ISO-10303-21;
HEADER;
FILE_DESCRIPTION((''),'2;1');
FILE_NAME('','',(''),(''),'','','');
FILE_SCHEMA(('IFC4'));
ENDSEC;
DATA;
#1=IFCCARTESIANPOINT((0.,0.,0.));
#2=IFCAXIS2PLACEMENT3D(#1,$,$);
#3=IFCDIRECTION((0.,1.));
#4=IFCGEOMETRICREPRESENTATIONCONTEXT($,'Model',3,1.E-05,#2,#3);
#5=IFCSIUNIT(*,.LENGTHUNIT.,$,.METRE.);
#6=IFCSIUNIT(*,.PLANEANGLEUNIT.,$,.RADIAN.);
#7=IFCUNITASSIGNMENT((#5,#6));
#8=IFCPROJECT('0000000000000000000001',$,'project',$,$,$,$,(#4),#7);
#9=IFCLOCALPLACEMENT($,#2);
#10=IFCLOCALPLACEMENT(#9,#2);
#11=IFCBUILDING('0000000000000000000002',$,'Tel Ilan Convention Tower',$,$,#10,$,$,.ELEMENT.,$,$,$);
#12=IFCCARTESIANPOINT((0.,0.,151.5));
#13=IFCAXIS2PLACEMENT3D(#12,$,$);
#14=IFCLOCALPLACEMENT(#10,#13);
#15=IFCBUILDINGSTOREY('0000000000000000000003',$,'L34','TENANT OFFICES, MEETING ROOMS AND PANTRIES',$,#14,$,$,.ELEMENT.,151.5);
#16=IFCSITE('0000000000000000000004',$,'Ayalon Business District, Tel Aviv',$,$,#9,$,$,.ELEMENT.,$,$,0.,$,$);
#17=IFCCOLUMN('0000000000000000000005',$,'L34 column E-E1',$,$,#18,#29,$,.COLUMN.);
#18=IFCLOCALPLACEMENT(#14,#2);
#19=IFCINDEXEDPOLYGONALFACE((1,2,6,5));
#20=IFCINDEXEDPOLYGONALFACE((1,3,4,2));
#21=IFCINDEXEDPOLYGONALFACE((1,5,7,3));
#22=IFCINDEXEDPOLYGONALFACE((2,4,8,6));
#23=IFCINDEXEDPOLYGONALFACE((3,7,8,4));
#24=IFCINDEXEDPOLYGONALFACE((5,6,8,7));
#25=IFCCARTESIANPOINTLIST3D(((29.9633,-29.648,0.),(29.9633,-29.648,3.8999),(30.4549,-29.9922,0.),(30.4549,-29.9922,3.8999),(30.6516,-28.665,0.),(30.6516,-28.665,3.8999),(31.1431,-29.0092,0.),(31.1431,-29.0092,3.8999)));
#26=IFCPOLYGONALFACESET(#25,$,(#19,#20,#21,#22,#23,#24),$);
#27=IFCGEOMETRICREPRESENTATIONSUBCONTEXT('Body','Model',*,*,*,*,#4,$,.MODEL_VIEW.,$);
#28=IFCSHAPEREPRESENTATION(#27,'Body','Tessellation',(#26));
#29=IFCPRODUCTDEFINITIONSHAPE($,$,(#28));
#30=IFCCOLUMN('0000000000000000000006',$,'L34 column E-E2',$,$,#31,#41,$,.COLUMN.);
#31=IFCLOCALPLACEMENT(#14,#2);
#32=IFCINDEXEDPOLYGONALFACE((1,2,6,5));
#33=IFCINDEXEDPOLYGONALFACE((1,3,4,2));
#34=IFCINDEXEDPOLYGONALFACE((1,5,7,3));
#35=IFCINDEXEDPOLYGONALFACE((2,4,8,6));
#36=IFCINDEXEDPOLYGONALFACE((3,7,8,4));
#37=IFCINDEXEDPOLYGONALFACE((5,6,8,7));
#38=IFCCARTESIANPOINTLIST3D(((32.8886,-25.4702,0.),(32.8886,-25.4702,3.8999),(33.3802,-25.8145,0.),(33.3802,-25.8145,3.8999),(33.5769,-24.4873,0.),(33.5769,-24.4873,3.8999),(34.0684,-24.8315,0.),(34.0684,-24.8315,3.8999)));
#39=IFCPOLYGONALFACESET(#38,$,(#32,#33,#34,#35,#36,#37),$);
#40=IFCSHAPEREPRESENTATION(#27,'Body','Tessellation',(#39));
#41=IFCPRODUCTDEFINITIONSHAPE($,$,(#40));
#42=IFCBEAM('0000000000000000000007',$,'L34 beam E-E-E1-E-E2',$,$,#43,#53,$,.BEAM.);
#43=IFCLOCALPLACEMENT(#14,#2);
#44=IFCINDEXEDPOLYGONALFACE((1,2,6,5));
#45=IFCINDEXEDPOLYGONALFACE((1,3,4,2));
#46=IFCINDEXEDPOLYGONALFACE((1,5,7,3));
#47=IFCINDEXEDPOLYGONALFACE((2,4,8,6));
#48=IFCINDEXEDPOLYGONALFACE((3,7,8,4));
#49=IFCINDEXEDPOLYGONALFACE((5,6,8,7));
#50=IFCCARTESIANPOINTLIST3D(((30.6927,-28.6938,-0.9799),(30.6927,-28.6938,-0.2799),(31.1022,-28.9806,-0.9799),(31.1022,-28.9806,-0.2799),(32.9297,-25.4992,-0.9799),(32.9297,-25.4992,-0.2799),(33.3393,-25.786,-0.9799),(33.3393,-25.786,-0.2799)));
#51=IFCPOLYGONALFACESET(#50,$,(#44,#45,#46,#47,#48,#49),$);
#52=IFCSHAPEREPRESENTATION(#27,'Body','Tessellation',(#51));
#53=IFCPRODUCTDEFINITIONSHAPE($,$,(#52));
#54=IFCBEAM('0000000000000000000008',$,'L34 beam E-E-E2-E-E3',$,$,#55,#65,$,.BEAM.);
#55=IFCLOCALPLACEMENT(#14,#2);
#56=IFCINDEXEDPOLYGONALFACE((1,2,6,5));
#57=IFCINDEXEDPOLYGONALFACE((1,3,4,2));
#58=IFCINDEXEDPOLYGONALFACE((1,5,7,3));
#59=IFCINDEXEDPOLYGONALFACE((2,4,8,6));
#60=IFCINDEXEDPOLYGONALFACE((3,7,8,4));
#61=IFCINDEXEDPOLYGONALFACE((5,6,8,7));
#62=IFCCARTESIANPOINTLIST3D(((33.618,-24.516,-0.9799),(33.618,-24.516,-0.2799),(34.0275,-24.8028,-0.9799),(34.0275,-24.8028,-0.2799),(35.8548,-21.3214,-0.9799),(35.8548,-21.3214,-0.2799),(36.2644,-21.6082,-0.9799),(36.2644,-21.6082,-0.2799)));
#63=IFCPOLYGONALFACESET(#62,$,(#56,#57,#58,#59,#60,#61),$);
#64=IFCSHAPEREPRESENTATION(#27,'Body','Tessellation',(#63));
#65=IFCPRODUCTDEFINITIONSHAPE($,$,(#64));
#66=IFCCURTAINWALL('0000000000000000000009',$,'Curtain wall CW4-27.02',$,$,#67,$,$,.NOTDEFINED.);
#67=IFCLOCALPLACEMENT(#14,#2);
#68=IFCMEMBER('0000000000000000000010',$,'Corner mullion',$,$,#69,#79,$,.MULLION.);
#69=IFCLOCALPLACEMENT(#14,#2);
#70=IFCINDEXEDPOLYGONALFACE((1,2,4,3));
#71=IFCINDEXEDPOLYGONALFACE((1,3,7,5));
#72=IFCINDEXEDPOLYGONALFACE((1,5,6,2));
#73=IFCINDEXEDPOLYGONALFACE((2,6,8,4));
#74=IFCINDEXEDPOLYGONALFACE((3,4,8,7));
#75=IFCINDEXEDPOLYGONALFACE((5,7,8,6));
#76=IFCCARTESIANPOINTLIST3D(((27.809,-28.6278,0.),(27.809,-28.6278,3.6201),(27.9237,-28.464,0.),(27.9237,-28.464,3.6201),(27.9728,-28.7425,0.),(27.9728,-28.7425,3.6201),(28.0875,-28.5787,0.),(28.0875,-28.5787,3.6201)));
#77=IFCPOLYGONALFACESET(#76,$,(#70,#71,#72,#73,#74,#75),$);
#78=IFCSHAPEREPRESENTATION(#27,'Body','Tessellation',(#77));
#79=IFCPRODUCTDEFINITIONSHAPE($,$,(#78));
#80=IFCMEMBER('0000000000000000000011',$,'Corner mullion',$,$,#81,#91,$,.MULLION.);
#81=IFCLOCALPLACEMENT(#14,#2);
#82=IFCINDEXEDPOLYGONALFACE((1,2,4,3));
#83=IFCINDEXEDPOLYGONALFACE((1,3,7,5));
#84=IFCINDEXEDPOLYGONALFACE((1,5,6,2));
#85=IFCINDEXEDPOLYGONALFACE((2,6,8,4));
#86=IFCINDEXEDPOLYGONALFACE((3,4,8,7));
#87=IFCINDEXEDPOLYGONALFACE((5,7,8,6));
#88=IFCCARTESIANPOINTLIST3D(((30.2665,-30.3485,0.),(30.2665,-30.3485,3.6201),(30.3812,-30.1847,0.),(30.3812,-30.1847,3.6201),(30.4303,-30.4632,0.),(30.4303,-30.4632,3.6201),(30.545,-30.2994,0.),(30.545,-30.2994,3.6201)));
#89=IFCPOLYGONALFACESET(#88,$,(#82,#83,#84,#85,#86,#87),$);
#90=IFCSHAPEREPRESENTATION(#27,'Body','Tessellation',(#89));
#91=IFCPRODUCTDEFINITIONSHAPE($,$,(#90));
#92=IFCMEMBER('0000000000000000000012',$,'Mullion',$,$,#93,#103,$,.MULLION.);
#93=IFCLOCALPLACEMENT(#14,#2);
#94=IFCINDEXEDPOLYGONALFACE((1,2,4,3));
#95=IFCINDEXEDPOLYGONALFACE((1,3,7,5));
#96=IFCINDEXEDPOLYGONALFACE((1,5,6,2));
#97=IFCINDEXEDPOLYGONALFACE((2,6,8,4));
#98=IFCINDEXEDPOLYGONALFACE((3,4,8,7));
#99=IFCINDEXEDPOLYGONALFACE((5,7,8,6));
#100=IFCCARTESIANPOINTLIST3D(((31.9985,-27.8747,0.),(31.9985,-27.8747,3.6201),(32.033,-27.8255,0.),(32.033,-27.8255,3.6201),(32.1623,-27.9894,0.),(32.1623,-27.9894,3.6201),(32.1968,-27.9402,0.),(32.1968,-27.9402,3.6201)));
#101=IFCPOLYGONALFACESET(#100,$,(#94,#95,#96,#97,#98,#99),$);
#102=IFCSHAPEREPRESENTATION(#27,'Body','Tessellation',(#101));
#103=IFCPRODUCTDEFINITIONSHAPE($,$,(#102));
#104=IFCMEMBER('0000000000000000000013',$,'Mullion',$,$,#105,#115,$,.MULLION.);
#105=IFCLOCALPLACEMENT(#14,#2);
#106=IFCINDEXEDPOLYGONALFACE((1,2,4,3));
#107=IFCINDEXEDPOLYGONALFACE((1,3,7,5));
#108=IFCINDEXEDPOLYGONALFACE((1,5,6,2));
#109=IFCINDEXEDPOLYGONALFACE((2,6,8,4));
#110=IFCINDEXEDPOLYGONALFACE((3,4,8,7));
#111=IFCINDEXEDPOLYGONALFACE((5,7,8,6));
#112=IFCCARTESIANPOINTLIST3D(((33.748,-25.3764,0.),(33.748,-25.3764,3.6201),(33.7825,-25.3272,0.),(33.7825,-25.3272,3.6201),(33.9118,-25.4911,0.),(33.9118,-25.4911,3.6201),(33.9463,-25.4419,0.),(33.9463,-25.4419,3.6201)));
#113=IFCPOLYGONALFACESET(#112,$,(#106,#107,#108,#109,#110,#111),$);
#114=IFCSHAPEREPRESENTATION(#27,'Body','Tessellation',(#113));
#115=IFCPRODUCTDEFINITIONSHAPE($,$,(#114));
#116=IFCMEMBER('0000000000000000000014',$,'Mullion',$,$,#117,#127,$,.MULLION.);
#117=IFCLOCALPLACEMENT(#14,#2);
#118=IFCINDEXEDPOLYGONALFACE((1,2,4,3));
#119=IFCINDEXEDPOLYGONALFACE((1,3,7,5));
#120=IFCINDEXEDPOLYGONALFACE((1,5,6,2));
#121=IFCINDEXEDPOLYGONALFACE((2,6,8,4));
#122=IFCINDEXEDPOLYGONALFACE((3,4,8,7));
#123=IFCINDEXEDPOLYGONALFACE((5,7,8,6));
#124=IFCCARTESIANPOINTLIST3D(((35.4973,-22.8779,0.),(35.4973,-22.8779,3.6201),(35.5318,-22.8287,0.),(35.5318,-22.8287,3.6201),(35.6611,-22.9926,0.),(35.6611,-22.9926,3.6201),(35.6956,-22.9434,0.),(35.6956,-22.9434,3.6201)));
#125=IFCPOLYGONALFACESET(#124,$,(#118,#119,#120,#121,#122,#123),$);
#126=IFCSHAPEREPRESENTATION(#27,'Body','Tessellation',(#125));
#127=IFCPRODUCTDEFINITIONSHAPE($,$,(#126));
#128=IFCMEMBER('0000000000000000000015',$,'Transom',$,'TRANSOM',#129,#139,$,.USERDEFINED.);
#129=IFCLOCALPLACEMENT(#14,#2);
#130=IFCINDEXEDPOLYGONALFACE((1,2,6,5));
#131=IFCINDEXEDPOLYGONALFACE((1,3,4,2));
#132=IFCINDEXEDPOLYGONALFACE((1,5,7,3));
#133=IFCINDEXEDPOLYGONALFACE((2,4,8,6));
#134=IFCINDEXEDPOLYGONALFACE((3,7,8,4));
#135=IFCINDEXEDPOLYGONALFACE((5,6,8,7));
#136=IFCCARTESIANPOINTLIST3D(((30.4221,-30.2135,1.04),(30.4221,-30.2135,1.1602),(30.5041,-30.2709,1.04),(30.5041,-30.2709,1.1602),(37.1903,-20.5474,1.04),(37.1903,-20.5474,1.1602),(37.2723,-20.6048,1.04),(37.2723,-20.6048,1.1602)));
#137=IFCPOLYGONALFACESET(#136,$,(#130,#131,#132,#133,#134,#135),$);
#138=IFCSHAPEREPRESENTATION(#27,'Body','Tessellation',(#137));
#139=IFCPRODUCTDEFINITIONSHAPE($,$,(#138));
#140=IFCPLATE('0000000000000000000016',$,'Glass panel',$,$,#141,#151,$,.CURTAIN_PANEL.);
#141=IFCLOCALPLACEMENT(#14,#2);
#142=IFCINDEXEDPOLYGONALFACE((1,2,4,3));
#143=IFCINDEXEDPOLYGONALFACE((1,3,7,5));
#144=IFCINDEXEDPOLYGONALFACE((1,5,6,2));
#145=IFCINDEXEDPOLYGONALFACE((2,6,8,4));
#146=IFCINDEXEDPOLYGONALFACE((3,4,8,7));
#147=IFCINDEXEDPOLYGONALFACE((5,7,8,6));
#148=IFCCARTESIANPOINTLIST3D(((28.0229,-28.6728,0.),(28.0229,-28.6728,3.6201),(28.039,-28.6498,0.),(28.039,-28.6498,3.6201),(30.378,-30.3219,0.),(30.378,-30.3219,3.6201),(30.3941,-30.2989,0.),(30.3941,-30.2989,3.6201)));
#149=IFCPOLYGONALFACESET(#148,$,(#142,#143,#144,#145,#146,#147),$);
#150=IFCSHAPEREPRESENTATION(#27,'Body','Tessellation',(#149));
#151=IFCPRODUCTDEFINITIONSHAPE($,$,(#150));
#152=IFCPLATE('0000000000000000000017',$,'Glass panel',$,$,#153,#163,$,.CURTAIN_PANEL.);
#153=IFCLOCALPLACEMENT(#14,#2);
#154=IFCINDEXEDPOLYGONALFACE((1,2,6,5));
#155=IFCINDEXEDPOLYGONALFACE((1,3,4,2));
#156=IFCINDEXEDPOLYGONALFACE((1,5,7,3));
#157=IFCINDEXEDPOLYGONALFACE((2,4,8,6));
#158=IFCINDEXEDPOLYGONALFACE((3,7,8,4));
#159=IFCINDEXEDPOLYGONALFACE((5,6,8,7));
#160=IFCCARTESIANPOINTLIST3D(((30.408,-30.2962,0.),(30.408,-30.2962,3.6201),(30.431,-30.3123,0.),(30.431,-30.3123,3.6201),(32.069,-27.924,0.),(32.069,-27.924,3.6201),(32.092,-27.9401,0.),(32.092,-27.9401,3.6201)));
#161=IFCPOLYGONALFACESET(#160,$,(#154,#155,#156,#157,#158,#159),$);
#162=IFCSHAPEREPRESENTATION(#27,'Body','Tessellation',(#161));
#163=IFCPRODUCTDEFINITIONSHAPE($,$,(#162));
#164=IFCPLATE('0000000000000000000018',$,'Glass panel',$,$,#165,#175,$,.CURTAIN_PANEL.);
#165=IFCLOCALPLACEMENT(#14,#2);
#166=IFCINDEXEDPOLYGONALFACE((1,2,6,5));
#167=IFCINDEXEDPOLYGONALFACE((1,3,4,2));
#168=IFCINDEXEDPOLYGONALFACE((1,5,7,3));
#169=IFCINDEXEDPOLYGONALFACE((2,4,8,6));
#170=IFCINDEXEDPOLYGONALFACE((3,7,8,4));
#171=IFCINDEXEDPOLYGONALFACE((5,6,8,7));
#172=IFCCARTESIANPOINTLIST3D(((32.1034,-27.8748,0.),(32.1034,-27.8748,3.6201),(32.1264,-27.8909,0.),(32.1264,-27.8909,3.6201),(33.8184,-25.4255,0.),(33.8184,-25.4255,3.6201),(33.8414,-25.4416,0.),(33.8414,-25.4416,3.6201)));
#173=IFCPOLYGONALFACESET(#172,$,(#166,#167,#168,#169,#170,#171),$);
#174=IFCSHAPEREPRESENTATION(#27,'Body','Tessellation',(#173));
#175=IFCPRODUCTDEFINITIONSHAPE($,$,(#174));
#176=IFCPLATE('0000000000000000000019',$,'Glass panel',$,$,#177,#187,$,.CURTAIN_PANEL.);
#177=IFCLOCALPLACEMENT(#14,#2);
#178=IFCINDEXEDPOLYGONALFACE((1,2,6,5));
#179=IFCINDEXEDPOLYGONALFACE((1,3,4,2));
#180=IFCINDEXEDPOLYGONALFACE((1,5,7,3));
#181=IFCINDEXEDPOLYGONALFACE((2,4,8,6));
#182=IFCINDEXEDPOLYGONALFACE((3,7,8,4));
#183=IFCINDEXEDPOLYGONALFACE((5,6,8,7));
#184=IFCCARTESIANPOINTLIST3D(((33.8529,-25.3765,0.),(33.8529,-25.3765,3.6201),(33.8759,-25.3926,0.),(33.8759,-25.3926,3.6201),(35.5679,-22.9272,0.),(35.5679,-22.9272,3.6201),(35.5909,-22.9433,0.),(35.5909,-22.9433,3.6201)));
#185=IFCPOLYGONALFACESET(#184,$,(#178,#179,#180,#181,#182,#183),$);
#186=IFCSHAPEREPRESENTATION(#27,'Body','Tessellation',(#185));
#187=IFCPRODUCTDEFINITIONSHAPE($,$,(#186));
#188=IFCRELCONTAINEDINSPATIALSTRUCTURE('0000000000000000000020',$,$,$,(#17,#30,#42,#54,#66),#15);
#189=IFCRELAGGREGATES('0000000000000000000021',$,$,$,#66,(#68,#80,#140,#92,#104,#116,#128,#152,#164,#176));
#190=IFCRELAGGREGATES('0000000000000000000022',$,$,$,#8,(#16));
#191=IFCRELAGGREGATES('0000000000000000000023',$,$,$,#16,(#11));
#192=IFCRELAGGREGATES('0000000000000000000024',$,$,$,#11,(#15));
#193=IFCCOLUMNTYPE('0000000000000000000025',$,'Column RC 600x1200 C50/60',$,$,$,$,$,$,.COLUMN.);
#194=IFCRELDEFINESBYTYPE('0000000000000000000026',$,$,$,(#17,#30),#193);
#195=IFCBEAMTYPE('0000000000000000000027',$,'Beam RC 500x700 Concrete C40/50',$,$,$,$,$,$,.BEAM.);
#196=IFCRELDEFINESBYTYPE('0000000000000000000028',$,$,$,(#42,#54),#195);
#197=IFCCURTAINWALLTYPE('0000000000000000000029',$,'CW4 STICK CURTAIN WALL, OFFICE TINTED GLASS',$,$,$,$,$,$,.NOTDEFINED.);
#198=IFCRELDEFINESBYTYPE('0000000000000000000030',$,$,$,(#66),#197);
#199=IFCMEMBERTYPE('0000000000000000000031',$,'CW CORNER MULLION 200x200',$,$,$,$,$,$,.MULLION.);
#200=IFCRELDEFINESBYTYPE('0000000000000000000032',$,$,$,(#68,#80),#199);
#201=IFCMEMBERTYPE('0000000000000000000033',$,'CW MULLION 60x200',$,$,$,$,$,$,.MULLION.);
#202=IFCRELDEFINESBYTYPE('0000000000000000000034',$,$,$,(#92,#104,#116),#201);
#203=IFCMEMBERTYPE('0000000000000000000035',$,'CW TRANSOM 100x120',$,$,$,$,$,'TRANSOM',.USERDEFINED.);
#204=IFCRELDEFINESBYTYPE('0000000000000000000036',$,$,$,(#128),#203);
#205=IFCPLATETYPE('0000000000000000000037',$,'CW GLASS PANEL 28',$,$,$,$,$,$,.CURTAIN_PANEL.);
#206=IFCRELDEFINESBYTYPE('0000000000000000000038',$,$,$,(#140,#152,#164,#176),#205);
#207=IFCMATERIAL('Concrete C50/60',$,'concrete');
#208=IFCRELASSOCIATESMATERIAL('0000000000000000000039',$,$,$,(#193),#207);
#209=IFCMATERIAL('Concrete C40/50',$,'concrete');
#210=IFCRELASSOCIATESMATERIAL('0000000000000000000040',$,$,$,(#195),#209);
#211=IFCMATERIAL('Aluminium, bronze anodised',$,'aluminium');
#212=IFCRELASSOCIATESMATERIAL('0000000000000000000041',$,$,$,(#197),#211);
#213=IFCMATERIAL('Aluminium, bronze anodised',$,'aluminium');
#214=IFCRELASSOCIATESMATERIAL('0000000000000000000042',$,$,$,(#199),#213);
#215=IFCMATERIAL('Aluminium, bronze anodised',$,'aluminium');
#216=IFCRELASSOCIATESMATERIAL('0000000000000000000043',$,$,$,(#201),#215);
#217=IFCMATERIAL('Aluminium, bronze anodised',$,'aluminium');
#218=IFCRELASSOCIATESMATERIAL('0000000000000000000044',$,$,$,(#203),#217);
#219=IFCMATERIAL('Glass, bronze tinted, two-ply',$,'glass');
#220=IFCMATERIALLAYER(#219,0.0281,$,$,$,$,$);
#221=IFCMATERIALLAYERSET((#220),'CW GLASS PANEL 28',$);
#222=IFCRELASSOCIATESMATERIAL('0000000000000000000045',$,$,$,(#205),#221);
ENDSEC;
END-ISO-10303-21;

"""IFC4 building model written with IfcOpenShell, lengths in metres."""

from ifc_helpers import new_model, si_unit, direction, frame, origin, origin_2d, place, context, subcontext, project, spatial, rectangle, extrude, material, layer, layer_set, material_profile, profile_set, type_object, element, aggregate, save


model = new_model("IFC4")

# Units and contexts
model_context = context("Model", 3, precision=1e-05, world=origin(), true_north=direction((0.0, 1.0)))
body_context = subcontext(model_context, "Body", "Model", "MODEL_VIEW")
ifc_project = project(units=[si_unit("LENGTHUNIT", "METRE"), si_unit("PLANEANGLEUNIT", "RADIAN")], contexts=[model_context])

# Site, building, storey
site_placement = place(None, origin())
site = spatial("IfcSite", under=ifc_project, at=site_placement, Name="Ayalon Business District, Tel Aviv", CompositionType="ELEMENT", RefElevation=0.0)
building_placement = place(site_placement, origin())
building = spatial("IfcBuilding", under=site, at=building_placement, Name="Tel Ilan Convention Tower", CompositionType="ELEMENT")
storey_placement = place(building_placement, frame((0.0, 0.0, 151.5)))
storey = spatial("IfcBuildingStorey", under=building, at=storey_placement, Name="L34", Description="TENANT OFFICES, MEETING ROOMS AND PANTRIES", CompositionType="ELEMENT", Elevation=151.5)

# Columns
ifc_material_1 = material(Name="Concrete C50/60", Category="concrete")
ifc_material_profile_1 = material_profile(ifc_material_1, rectangle(XDim=1.2, YDim=0.6001, at=origin_2d()), Name="RC 600x1200")
ifc_profile_set_1 = profile_set([ifc_material_profile_1], Name="Concrete C50/60")
column_type = type_object("IfcColumnType", Name="Column RC 600x1200 C50/60", PredefinedType="COLUMN", material=ifc_profile_set_1)
for number, where, z_axis, x_axis, name in (
    (1, (30.5532, -29.3286, 0.0), (0.0, 0.0, 1.0), (0.573576, 0.819152, 0.0), "L34 column E-E1"),
    (2, (33.4785, -25.1509, 0.0), (0.0, 0.0, 1.0), (0.573576, 0.819152, 0.0), "L34 column E-E2"),
):
    element("IfcColumn", number, at=place(storey_placement, frame(where, z_axis=z_axis, x_axis=x_axis)), inside=storey, type_object=column_type, Name=name, PredefinedType="COLUMN", context=body_context, shape_type="SweptSolid", body=[
        extrude(rectangle(XDim=1.2, YDim=0.6001, at=origin_2d()), origin(), (0.0, 0.0, 1.0), 3.8999),
    ])

# Beams
ifc_material_2 = material(Name="Concrete C40/50", Category="concrete")
ifc_material_profile_2 = material_profile(ifc_material_2, rectangle(XDim=0.5, YDim=0.7, at=origin_2d()), Name="RC 500x700")
ifc_profile_set_2 = profile_set([ifc_material_profile_2], Name="Concrete C40/50")
beam_type = type_object("IfcBeamType", Name="Beam RC 500x700 Concrete C40/50", PredefinedType="BEAM", material=ifc_profile_set_2)
for number, where, z_axis, x_axis, name in (
    (3, (30.8975, -28.8372, -0.6299), (0.573609, 0.819129, 0.0), (-0.819129, 0.573609, 0.0), "L34 beam E-E-E1-E-E2"),
    (4, (33.8228, -24.6594, -0.6299), (0.573567, 0.819158, 0.0), (-0.819158, 0.573567, 0.0), "L34 beam E-E-E2-E-E3"),
):
    element("IfcBeam", number, at=place(storey_placement, frame(where, z_axis=z_axis, x_axis=x_axis)), inside=storey, type_object=beam_type, Name=name, PredefinedType="BEAM", context=body_context, shape_type="SweptSolid", body=[
        extrude(rectangle(XDim=0.5, YDim=0.7, at=origin_2d()), origin(), (0.0, 0.0, 1.0), 3.8999),
    ])

# Curtain wall, members, plates
ifc_material_3 = material(Name="Aluminium, bronze anodised", Category="aluminium")
curtain_wall_type = type_object("IfcCurtainWallType", Name="CW4 STICK CURTAIN WALL, OFFICE TINTED GLASS", PredefinedType="NOTDEFINED", material=ifc_material_3)
curtain_wall_placement = place(storey_placement, origin())
curtain_wall = element("IfcCurtainWall", 5, at=curtain_wall_placement, inside=storey, type_object=curtain_wall_type, Name="Curtain wall CW4-27.02", PredefinedType="NOTDEFINED")
ifc_material_4 = material(Name="Aluminium, bronze anodised", Category="aluminium")
ifc_material_profile_3 = material_profile(ifc_material_4, rectangle(XDim=0.2, YDim=0.2, at=origin_2d()), Name="CW CORNER MULLION 200x200")
ifc_profile_set_3 = profile_set([ifc_material_profile_3], Name="Aluminium, bronze anodised")
member_type_1 = type_object("IfcMemberType", Name="CW CORNER MULLION 200x200", PredefinedType="MULLION", material=ifc_profile_set_3)
member_1_placement = place(storey_placement, frame((27.9482, -28.6033, 0.0), z_axis=(0.0, 0.0, 1.0), x_axis=(0.573576, 0.819152, 0.0)))
member_1 = element("IfcMember", 6, at=member_1_placement, type_object=member_type_1, Name="Corner mullion", PredefinedType="MULLION", context=body_context, shape_type="SweptSolid", body=[
    extrude(rectangle(XDim=0.2, YDim=0.2, at=origin_2d()), origin(), (0.0, 0.0, 1.0), 3.6201),
])
member_2_placement = place(storey_placement, frame((30.4058, -30.324, 0.0), z_axis=(0.0, 0.0, 1.0), x_axis=(0.819152, -0.573576, 0.0)))
member_2 = element("IfcMember", 7, at=member_2_placement, type_object=member_type_1, Name="Corner mullion", PredefinedType="MULLION", context=body_context, shape_type="SweptSolid", body=[
    extrude(rectangle(XDim=0.2, YDim=0.2, at=origin_2d()), origin(), (0.0, 0.0, 1.0), 3.6201),
])
ifc_material_5 = material(Name="Aluminium, bronze anodised", Category="aluminium")
ifc_material_profile_4 = material_profile(ifc_material_5, rectangle(XDim=0.0601, YDim=0.2, at=origin_2d()), Name="CW MULLION 60x200")
ifc_profile_set_4 = profile_set([ifc_material_profile_4], Name="Aluminium, bronze anodised")
member_type_2 = type_object("IfcMemberType", Name="CW MULLION 60x200", PredefinedType="MULLION", material=ifc_profile_set_4)
member_3_placement = place(storey_placement, frame((32.0977, -27.9075, 0.0), z_axis=(0.0, 0.0, 1.0), x_axis=(0.573576, 0.819152, 0.0)))
member_3 = element("IfcMember", 8, at=member_3_placement, type_object=member_type_2, Name="Mullion", PredefinedType="MULLION", context=body_context, shape_type="SweptSolid", body=[
    extrude(rectangle(XDim=0.0601, YDim=0.2, at=origin_2d()), origin(), (0.0, 0.0, 1.0), 3.6201),
])
member_4_placement = place(storey_placement, frame((33.8472, -25.4092, 0.0), z_axis=(0.0, 0.0, 1.0), x_axis=(0.573576, 0.819152, 0.0)))
member_4 = element("IfcMember", 9, at=member_4_placement, type_object=member_type_2, Name="Mullion", PredefinedType="MULLION", context=body_context, shape_type="SweptSolid", body=[
    extrude(rectangle(XDim=0.0601, YDim=0.2, at=origin_2d()), origin(), (0.0, 0.0, 1.0), 3.6201),
])
member_5_placement = place(storey_placement, frame((35.5964, -22.9106, 0.0), z_axis=(0.0, 0.0, 1.0), x_axis=(0.573576, 0.819152, 0.0)))
member_5 = element("IfcMember", 10, at=member_5_placement, type_object=member_type_2, Name="Mullion", PredefinedType="MULLION", context=body_context, shape_type="SweptSolid", body=[
    extrude(rectangle(XDim=0.0601, YDim=0.2, at=origin_2d()), origin(), (0.0, 0.0, 1.0), 3.6201),
])
ifc_material_6 = material(Name="Aluminium, bronze anodised", Category="aluminium")
ifc_material_profile_5 = material_profile(ifc_material_6, rectangle(XDim=0.1001, YDim=0.1201, at=origin_2d()), Name="CW TRANSOM 100x120")
ifc_profile_set_5 = profile_set([ifc_material_profile_5], Name="Aluminium, bronze anodised")
member_type_3 = type_object("IfcMemberType", Name="CW TRANSOM 100x120", ElementType="TRANSOM", PredefinedType="USERDEFINED", material=ifc_profile_set_5)
member_6_placement = place(storey_placement, frame((30.4631, -30.2422, 1.1001), z_axis=(0.573568, 0.819158, 0.0), x_axis=(-0.819158, 0.573568, 0.0)))
member_6 = element("IfcMember", 11, at=member_6_placement, type_object=member_type_3, Name="Transom", ObjectType="TRANSOM", PredefinedType="USERDEFINED", context=body_context, shape_type="SweptSolid", body=[
    extrude(rectangle(XDim=0.1001, YDim=0.1201, at=origin_2d()), origin(), (0.0, 0.0, 1.0), 11.8),
])
ifc_material_7 = material(Name="Glass, bronze tinted, two-ply", Category="glass")
ifc_layer_1 = layer(ifc_material_7, 0.0281)
ifc_layer_set_1 = layer_set([ifc_layer_1], Name="CW GLASS PANEL 28")
plate_type = type_object("IfcPlateType", Name="CW GLASS PANEL 28", PredefinedType="CURTAIN_PANEL", material=ifc_layer_set_1)
plate_1_placement = place(storey_placement, frame((29.2085, -29.4858, 0.0), z_axis=(0.0, 0.0, 1.0), x_axis=(0.819152, -0.573576, 0.0)))
plate_1 = element("IfcPlate", 12, at=plate_1_placement, type_object=plate_type, Name="Glass panel", PredefinedType="CURTAIN_PANEL", context=body_context, shape_type="SweptSolid", body=[
    extrude(rectangle(XDim=2.875, YDim=0.0281, at=origin_2d()), origin(), (0.0, 0.0, 1.0), 3.6201),
])
plate_2_placement = place(storey_placement, frame((31.25, -29.1182, 0.0), z_axis=(0.0, 0.0, 1.0), x_axis=(0.573576, 0.819152, 0.0)))
plate_2 = element("IfcPlate", 13, at=plate_2_placement, type_object=plate_type, Name="Glass panel", PredefinedType="CURTAIN_PANEL", context=body_context, shape_type="SweptSolid", body=[
    extrude(rectangle(XDim=2.896, YDim=0.0281, at=origin_2d()), origin(), (0.0, 0.0, 1.0), 3.6201),
])
plate_3_placement = place(storey_placement, frame((32.9724, -26.6582, 0.0), z_axis=(0.0, 0.0, 1.0), x_axis=(0.573576, 0.819152, 0.0)))
plate_3 = element("IfcPlate", 14, at=plate_3_placement, type_object=plate_type, Name="Glass panel", PredefinedType="CURTAIN_PANEL", context=body_context, shape_type="SweptSolid", body=[
    extrude(rectangle(XDim=2.99, YDim=0.0281, at=origin_2d()), origin(), (0.0, 0.0, 1.0), 3.6201),
])
plate_4_placement = place(storey_placement, frame((34.7219, -24.1599, 0.0), z_axis=(0.0, 0.0, 1.0), x_axis=(0.573576, 0.819152, 0.0)))
plate_4 = element("IfcPlate", 15, at=plate_4_placement, type_object=plate_type, Name="Glass panel", PredefinedType="CURTAIN_PANEL", context=body_context, shape_type="SweptSolid", body=[
    extrude(rectangle(XDim=2.99, YDim=0.0281, at=origin_2d()), origin(), (0.0, 0.0, 1.0), 3.6201),
])
aggregate(curtain_wall, [member_1, member_2, plate_1, member_3, member_4, member_5, member_6, plate_2, plate_3, plate_4])

save(model, "model.ifc")
